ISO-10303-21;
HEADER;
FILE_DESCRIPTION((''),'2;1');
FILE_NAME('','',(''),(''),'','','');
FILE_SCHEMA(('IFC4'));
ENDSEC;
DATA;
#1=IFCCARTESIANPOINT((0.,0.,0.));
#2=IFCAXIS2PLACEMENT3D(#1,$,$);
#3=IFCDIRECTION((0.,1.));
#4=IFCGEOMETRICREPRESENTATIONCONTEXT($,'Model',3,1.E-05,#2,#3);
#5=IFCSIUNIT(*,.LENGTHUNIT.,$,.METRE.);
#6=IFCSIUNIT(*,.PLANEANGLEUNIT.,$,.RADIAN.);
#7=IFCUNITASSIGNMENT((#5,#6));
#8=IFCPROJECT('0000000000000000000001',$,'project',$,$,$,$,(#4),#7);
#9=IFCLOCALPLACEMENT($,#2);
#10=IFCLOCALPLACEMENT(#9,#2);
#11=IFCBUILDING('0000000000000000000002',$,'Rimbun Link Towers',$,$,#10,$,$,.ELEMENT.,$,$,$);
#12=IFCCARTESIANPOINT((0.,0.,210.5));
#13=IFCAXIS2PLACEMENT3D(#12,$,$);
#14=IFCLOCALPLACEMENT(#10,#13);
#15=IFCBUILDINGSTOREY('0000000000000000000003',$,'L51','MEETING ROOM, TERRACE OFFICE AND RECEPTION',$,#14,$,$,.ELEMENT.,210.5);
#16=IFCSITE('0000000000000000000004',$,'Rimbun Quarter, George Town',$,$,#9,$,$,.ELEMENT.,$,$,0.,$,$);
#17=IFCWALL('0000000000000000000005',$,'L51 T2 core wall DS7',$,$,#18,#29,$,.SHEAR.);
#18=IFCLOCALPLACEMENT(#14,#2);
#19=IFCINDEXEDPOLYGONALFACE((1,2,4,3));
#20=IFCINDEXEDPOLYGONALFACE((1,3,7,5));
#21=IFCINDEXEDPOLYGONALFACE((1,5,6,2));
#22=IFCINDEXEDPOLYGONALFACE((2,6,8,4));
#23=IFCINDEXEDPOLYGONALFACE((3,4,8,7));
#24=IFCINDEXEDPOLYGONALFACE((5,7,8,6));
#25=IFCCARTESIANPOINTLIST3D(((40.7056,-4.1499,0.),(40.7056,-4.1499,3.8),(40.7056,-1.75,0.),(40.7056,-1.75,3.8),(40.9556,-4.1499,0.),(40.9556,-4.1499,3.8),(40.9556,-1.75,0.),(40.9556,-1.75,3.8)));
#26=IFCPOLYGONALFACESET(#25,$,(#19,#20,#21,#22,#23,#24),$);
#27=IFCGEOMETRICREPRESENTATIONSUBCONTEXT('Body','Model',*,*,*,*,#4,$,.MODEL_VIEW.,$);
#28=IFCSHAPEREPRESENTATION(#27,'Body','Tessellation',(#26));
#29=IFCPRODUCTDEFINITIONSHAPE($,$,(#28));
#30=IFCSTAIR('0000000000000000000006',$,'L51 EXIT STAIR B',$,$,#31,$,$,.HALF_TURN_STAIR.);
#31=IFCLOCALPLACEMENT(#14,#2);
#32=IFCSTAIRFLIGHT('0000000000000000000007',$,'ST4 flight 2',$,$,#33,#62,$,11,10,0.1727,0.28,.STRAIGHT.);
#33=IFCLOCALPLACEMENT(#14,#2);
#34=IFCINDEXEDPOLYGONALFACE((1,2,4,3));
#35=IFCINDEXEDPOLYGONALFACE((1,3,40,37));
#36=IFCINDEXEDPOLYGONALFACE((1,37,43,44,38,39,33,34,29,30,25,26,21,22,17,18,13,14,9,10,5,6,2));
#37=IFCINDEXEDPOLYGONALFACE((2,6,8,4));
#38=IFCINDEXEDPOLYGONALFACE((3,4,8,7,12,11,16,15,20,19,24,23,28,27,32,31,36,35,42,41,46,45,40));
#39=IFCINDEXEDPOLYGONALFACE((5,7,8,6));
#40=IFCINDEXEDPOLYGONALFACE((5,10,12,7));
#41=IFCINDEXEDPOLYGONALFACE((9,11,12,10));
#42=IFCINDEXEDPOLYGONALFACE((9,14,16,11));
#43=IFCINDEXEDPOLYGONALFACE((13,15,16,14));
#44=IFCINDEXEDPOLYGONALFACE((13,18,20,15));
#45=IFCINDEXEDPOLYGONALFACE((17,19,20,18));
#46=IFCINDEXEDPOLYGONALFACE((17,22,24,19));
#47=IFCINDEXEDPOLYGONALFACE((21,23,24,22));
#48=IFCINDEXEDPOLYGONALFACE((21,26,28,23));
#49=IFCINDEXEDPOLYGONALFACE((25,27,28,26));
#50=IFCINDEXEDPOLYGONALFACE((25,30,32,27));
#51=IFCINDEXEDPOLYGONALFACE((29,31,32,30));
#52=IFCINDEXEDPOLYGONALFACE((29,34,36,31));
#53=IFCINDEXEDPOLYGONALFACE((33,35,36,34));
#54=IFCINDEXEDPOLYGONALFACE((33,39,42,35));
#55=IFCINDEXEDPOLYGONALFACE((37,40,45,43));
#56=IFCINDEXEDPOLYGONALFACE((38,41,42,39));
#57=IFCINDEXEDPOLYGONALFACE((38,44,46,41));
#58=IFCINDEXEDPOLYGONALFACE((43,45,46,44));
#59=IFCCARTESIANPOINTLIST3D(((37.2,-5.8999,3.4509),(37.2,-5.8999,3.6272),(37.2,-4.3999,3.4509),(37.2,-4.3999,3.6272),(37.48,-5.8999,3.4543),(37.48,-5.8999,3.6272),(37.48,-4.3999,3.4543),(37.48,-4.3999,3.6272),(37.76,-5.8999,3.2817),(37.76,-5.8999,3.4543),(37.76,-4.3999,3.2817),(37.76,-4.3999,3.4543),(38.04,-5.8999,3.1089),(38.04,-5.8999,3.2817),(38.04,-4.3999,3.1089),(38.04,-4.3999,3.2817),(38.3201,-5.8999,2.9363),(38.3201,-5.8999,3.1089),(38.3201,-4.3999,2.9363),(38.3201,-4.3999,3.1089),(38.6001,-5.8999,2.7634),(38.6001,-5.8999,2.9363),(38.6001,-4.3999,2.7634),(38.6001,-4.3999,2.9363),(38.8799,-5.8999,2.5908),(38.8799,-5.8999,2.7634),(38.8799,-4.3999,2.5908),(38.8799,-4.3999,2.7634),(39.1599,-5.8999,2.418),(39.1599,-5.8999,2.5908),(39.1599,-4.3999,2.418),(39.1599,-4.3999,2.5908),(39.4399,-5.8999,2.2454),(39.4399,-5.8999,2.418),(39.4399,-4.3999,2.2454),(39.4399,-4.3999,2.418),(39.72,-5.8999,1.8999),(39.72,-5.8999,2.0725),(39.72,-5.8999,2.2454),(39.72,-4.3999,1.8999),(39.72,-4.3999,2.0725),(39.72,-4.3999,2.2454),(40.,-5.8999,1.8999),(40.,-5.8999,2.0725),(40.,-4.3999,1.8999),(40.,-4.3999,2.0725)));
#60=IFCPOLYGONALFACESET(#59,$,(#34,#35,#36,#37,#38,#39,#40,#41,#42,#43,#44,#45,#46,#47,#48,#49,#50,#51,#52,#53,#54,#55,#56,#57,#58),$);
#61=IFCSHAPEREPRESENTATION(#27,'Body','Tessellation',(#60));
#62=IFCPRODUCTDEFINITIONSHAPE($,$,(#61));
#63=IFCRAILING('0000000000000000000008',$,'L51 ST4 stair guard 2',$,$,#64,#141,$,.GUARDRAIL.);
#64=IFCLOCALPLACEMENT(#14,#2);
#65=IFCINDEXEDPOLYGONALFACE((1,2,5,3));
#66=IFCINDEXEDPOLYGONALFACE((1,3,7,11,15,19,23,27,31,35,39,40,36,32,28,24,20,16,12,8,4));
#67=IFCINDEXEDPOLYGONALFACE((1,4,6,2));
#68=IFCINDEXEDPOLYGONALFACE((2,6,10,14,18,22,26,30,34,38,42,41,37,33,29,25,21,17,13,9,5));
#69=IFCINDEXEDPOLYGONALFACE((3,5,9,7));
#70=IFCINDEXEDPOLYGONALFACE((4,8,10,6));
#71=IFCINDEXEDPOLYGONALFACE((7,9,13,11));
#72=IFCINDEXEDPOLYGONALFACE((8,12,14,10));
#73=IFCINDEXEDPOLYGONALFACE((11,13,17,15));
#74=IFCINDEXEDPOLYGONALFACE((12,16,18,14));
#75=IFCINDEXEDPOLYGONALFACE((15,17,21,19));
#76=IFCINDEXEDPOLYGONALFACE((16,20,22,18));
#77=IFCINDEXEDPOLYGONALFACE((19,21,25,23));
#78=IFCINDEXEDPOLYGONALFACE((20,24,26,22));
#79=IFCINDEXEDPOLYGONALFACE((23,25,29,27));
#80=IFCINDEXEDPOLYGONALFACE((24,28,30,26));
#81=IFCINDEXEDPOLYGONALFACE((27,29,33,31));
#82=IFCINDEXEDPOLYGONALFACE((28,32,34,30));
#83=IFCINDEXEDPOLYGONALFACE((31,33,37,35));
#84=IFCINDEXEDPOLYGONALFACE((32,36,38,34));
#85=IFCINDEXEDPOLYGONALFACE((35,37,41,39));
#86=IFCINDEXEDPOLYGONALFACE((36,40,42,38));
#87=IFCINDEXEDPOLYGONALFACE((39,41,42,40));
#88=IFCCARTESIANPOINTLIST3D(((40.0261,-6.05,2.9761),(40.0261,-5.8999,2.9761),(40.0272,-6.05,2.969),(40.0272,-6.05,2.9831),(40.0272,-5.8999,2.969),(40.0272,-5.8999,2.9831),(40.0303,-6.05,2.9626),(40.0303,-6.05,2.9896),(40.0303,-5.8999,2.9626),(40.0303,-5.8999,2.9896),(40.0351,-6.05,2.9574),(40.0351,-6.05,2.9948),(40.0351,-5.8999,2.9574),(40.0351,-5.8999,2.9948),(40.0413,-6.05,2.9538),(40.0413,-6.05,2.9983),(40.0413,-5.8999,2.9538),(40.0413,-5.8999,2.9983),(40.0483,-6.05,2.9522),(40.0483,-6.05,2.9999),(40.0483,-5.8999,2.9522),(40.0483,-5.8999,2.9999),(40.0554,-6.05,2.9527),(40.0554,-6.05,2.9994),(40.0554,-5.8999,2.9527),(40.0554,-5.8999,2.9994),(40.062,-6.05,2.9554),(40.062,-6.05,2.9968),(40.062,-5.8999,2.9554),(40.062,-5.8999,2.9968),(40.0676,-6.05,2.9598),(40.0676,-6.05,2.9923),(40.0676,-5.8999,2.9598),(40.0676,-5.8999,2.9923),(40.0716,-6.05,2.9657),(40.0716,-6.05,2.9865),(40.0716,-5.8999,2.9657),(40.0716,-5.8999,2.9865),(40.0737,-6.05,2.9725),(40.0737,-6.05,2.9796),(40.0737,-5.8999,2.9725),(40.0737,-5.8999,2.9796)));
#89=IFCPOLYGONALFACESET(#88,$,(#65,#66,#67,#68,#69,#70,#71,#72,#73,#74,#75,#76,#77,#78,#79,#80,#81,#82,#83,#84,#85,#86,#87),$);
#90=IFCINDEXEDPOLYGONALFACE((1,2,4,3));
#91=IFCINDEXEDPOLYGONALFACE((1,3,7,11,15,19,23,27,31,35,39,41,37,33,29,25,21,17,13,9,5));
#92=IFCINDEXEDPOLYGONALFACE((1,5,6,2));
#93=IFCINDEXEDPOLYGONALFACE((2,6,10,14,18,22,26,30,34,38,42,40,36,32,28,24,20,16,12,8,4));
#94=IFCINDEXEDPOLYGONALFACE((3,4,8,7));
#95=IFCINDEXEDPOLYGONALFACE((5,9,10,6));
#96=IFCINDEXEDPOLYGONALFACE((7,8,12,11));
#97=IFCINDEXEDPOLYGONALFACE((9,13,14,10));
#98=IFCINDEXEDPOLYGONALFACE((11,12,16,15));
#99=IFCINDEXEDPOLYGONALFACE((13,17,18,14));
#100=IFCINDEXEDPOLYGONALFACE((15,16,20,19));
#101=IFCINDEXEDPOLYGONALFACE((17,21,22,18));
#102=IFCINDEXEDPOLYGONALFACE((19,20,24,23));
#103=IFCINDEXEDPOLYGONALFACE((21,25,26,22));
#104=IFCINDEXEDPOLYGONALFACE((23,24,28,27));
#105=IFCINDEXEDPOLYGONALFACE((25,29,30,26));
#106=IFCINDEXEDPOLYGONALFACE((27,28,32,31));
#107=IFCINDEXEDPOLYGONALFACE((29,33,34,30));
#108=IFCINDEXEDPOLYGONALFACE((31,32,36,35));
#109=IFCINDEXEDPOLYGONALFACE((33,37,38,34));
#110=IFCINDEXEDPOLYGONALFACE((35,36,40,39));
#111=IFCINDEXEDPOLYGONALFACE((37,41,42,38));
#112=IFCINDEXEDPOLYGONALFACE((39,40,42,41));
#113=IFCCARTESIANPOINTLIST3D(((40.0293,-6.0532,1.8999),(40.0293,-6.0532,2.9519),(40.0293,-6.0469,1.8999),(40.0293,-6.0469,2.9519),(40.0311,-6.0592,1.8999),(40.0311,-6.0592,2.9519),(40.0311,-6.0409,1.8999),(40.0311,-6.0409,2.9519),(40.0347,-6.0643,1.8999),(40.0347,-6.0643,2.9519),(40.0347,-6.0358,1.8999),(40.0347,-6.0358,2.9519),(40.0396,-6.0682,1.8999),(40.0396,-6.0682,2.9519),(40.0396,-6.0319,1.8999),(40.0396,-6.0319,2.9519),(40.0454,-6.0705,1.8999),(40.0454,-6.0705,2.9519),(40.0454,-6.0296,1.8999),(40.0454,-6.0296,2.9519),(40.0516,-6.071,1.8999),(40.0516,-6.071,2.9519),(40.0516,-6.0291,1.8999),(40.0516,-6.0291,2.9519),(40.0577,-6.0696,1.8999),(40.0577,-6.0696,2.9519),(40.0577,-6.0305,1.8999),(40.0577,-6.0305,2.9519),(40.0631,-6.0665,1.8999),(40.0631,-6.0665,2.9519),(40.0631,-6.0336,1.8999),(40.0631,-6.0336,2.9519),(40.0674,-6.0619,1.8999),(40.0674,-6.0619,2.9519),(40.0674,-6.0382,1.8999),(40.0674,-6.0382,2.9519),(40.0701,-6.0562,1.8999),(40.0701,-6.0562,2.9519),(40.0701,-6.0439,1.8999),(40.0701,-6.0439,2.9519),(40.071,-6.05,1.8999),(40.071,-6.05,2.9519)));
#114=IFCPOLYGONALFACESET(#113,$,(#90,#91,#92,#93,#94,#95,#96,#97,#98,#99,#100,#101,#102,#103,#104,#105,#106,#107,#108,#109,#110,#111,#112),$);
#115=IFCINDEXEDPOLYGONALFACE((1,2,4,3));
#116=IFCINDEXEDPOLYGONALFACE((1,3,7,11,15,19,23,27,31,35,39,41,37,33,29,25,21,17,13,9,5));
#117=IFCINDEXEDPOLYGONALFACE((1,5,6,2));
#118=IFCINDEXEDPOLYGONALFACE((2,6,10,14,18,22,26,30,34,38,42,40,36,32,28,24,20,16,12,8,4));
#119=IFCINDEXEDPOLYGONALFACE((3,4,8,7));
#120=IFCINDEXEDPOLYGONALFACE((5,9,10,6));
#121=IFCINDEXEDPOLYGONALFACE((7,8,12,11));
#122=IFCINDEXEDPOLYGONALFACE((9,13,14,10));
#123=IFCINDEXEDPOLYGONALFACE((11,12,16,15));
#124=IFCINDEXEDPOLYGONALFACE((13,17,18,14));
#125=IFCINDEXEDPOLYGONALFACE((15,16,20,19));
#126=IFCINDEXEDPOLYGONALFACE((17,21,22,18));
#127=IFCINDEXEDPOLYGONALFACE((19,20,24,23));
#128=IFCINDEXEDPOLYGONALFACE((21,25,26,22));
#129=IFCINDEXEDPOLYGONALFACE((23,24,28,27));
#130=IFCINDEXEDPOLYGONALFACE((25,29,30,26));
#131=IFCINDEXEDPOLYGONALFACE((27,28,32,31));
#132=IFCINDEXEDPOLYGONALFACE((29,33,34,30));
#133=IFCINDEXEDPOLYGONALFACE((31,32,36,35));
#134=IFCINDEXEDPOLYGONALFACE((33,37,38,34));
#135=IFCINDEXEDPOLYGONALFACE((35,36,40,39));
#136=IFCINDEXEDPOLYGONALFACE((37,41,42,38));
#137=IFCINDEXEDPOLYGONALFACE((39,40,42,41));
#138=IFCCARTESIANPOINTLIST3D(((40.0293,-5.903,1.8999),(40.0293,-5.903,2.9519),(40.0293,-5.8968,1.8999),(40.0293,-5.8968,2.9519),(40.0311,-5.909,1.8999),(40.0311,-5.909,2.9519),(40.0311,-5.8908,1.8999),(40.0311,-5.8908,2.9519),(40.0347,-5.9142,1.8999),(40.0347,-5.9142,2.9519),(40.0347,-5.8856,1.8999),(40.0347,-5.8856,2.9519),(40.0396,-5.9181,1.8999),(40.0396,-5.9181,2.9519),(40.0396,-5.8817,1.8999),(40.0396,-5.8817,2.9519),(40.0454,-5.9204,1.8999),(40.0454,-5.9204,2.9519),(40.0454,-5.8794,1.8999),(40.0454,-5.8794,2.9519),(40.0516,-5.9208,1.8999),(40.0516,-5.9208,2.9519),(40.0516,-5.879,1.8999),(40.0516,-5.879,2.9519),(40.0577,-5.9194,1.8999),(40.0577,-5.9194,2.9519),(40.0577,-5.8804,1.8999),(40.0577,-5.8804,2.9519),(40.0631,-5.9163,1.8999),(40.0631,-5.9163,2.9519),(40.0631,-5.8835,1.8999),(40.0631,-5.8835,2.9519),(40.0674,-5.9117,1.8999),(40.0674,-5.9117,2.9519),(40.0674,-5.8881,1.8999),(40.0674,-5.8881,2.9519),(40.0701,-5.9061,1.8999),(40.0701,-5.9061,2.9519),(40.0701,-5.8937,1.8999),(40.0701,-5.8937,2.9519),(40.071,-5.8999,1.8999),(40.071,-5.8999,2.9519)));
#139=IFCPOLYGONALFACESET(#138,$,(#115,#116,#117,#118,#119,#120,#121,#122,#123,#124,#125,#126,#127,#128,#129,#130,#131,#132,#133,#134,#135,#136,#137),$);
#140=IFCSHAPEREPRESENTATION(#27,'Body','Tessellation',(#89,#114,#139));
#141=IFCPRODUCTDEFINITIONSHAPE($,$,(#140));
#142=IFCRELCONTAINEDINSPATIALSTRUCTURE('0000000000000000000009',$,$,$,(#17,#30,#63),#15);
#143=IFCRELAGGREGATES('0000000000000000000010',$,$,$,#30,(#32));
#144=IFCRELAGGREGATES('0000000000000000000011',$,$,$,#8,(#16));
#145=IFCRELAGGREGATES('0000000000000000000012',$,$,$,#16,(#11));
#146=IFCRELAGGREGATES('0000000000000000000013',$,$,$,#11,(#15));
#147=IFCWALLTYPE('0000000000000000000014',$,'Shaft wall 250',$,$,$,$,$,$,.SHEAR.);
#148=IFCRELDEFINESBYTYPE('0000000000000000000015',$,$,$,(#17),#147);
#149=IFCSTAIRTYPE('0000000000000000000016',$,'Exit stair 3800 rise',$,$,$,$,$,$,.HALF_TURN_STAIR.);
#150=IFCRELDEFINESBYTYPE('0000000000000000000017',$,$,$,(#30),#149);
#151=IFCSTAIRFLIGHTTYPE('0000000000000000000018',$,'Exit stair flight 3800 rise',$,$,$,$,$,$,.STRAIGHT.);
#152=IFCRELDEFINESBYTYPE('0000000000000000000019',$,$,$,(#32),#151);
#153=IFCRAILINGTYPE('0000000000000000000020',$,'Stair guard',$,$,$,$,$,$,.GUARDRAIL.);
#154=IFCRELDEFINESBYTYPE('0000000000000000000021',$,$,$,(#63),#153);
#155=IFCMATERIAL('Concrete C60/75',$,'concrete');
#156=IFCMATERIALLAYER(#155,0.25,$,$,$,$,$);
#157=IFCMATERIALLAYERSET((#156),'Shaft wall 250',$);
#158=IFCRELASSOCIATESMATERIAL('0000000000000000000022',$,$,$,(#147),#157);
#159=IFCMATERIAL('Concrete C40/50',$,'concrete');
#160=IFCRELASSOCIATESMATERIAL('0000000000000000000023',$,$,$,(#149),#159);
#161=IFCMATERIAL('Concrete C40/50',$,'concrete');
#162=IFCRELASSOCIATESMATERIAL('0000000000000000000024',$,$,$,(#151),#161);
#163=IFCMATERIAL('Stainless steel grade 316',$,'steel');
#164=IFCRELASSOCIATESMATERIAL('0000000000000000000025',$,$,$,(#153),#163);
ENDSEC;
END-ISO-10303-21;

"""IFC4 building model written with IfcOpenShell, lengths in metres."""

from ifc_helpers import new_model, si_unit, direction, frame, frame_2d, origin, origin_2d, place, context, subcontext, project, spatial, polyline, rectangle, circle, outline, extrude, material, layer, layer_set, type_object, element, aggregate, save


model = new_model("IFC4")

# Units and contexts
model_context = context("Model", 3, precision=1e-05, world=origin(), true_north=direction((0.0, 1.0)))
body_context = subcontext(model_context, "Body", "Model", "MODEL_VIEW")
ifc_project = project(units=[si_unit("LENGTHUNIT", "METRE"), si_unit("PLANEANGLEUNIT", "RADIAN")], contexts=[model_context])

# Site, building, storey
site_placement = place(None, origin())
site = spatial("IfcSite", under=ifc_project, at=site_placement, Name="Rimbun Quarter, George Town", CompositionType="ELEMENT", RefElevation=0.0)
building_placement = place(site_placement, origin())
building = spatial("IfcBuilding", under=site, at=building_placement, Name="Rimbun Link Towers", CompositionType="ELEMENT")
storey_placement = place(building_placement, frame((0.0, 0.0, 210.5)))
storey = spatial("IfcBuildingStorey", under=building, at=storey_placement, Name="L51", Description="MEETING ROOM, TERRACE OFFICE AND RECEPTION", CompositionType="ELEMENT", Elevation=210.5)

# Wall
ifc_material_1 = material(Name="Concrete C60/75", Category="concrete")
ifc_layer_1 = layer(ifc_material_1, 0.25)
ifc_layer_set_1 = layer_set([ifc_layer_1], Name="Shaft wall 250")
wall_type_1 = type_object("IfcWallType", Name="Shaft wall 250", PredefinedType="SHEAR", material=ifc_layer_set_1)
wall_1_placement = place(storey_placement, frame((40.8306, -4.1499, 0.0), z_axis=(0.0, 0.0, 1.0), x_axis=(0.0, 1.0, 0.0)))
element("IfcWall", 1, at=wall_1_placement, inside=storey, type_object=wall_type_1, Name="L51 T2 core wall DS7", PredefinedType="SHEAR", context=body_context, shape_type="SweptSolid", body=[
    extrude(rectangle(XDim=2.3999, YDim=0.25, at=frame_2d((1.2, 0.0))), origin(), (0.0, 0.0, 1.0), 3.8),
])

# Stair, stair flight
ifc_material_2 = material(Name="Concrete C40/50", Category="concrete")
stair_type = type_object("IfcStairType", Name="Exit stair 3800 rise", PredefinedType="HALF_TURN_STAIR", material=ifc_material_2)
stair_placement = place(storey_placement, origin())
stair = element("IfcStair", 2, at=stair_placement, inside=storey, type_object=stair_type, Name="L51 EXIT STAIR B", PredefinedType="HALF_TURN_STAIR")
ifc_material_3 = material(Name="Concrete C40/50", Category="concrete")
stair_flight_type = type_object("IfcStairFlightType", Name="Exit stair flight 3800 rise", PredefinedType="STRAIGHT", material=ifc_material_3)
stair_flight_placement = place(storey_placement, frame((40.0, -5.1499, 1.8999), z_axis=(0.0, 0.0, 1.0), x_axis=(-1.0, 0.0, 0.0)))
stair_flight = element("IfcStairFlight", 3, at=stair_flight_placement, type_object=stair_flight_type, Name="ST4 flight 2", NumberOfRisers=11, NumberOfTreads=10, PredefinedType="STRAIGHT", RiserHeight=0.1727, TreadLength=0.28, context=body_context, shape_type="SweptSolid", body=[
    extrude(outline(polyline([(0.0, 0.0), (0.0, 0.1726), (0.28, 0.1726), (0.28, 0.3455), (0.5601, 0.3455), (0.5601, 0.5181), (0.8401, 0.5181), (0.8401, 0.6909), (1.1201, 0.6909), (1.1201, 0.8635), (1.3999, 0.8635), (1.3999, 1.0364), (1.6799, 1.0364), (1.6799, 1.209), (1.96, 1.209), (1.96, 1.3818), (2.24, 1.3818), (2.24, 1.5544), (2.52, 1.5544), (2.52, 1.7273), (2.8, 1.7273), (2.8, 1.8999), (2.8, 1.551), (0.28, 0.0), (0.0, 0.0)])), frame((0.0, 0.75, 0.0), z_axis=(0.0, -1.0, 0.0), x_axis=(1.0, 0.0, 0.0)), (0.0, 0.0, 1.0), 1.5),
])
aggregate(stair, [stair_flight])

# Railing
ifc_material_4 = material(Name="Stainless steel grade 316", Category="steel")
railing_type_1 = type_object("IfcRailingType", Name="Stair guard", PredefinedType="GUARDRAIL", material=ifc_material_4)
railing_1_placement = place(storey_placement, frame((40.05, -6.05, 1.8999)))
element("IfcRailing", 4, at=railing_1_placement, inside=storey, type_object=railing_type_1, Name="L51 ST4 stair guard 2", PredefinedType="GUARDRAIL", context=body_context, shape_type="SweptSolid", body=[
    extrude(circle(Radius=0.0239, at=origin_2d()), frame((0.0, 0.0, 1.0762), z_axis=(0.0, 1.0, 0.0), x_axis=(-1.0, 0.0, 0.0)), (0.0, 0.0, 1.0), 0.1501),
    extrude(circle(Radius=0.021, at=origin_2d()), origin(), (0.0, 0.0, 1.0), 1.052),
    extrude(circle(Radius=0.021, at=origin_2d()), frame((0.0, 0.1501, 0.0)), (0.0, 0.0, 1.0), 1.052),
])

save(model, "model.ifc")
